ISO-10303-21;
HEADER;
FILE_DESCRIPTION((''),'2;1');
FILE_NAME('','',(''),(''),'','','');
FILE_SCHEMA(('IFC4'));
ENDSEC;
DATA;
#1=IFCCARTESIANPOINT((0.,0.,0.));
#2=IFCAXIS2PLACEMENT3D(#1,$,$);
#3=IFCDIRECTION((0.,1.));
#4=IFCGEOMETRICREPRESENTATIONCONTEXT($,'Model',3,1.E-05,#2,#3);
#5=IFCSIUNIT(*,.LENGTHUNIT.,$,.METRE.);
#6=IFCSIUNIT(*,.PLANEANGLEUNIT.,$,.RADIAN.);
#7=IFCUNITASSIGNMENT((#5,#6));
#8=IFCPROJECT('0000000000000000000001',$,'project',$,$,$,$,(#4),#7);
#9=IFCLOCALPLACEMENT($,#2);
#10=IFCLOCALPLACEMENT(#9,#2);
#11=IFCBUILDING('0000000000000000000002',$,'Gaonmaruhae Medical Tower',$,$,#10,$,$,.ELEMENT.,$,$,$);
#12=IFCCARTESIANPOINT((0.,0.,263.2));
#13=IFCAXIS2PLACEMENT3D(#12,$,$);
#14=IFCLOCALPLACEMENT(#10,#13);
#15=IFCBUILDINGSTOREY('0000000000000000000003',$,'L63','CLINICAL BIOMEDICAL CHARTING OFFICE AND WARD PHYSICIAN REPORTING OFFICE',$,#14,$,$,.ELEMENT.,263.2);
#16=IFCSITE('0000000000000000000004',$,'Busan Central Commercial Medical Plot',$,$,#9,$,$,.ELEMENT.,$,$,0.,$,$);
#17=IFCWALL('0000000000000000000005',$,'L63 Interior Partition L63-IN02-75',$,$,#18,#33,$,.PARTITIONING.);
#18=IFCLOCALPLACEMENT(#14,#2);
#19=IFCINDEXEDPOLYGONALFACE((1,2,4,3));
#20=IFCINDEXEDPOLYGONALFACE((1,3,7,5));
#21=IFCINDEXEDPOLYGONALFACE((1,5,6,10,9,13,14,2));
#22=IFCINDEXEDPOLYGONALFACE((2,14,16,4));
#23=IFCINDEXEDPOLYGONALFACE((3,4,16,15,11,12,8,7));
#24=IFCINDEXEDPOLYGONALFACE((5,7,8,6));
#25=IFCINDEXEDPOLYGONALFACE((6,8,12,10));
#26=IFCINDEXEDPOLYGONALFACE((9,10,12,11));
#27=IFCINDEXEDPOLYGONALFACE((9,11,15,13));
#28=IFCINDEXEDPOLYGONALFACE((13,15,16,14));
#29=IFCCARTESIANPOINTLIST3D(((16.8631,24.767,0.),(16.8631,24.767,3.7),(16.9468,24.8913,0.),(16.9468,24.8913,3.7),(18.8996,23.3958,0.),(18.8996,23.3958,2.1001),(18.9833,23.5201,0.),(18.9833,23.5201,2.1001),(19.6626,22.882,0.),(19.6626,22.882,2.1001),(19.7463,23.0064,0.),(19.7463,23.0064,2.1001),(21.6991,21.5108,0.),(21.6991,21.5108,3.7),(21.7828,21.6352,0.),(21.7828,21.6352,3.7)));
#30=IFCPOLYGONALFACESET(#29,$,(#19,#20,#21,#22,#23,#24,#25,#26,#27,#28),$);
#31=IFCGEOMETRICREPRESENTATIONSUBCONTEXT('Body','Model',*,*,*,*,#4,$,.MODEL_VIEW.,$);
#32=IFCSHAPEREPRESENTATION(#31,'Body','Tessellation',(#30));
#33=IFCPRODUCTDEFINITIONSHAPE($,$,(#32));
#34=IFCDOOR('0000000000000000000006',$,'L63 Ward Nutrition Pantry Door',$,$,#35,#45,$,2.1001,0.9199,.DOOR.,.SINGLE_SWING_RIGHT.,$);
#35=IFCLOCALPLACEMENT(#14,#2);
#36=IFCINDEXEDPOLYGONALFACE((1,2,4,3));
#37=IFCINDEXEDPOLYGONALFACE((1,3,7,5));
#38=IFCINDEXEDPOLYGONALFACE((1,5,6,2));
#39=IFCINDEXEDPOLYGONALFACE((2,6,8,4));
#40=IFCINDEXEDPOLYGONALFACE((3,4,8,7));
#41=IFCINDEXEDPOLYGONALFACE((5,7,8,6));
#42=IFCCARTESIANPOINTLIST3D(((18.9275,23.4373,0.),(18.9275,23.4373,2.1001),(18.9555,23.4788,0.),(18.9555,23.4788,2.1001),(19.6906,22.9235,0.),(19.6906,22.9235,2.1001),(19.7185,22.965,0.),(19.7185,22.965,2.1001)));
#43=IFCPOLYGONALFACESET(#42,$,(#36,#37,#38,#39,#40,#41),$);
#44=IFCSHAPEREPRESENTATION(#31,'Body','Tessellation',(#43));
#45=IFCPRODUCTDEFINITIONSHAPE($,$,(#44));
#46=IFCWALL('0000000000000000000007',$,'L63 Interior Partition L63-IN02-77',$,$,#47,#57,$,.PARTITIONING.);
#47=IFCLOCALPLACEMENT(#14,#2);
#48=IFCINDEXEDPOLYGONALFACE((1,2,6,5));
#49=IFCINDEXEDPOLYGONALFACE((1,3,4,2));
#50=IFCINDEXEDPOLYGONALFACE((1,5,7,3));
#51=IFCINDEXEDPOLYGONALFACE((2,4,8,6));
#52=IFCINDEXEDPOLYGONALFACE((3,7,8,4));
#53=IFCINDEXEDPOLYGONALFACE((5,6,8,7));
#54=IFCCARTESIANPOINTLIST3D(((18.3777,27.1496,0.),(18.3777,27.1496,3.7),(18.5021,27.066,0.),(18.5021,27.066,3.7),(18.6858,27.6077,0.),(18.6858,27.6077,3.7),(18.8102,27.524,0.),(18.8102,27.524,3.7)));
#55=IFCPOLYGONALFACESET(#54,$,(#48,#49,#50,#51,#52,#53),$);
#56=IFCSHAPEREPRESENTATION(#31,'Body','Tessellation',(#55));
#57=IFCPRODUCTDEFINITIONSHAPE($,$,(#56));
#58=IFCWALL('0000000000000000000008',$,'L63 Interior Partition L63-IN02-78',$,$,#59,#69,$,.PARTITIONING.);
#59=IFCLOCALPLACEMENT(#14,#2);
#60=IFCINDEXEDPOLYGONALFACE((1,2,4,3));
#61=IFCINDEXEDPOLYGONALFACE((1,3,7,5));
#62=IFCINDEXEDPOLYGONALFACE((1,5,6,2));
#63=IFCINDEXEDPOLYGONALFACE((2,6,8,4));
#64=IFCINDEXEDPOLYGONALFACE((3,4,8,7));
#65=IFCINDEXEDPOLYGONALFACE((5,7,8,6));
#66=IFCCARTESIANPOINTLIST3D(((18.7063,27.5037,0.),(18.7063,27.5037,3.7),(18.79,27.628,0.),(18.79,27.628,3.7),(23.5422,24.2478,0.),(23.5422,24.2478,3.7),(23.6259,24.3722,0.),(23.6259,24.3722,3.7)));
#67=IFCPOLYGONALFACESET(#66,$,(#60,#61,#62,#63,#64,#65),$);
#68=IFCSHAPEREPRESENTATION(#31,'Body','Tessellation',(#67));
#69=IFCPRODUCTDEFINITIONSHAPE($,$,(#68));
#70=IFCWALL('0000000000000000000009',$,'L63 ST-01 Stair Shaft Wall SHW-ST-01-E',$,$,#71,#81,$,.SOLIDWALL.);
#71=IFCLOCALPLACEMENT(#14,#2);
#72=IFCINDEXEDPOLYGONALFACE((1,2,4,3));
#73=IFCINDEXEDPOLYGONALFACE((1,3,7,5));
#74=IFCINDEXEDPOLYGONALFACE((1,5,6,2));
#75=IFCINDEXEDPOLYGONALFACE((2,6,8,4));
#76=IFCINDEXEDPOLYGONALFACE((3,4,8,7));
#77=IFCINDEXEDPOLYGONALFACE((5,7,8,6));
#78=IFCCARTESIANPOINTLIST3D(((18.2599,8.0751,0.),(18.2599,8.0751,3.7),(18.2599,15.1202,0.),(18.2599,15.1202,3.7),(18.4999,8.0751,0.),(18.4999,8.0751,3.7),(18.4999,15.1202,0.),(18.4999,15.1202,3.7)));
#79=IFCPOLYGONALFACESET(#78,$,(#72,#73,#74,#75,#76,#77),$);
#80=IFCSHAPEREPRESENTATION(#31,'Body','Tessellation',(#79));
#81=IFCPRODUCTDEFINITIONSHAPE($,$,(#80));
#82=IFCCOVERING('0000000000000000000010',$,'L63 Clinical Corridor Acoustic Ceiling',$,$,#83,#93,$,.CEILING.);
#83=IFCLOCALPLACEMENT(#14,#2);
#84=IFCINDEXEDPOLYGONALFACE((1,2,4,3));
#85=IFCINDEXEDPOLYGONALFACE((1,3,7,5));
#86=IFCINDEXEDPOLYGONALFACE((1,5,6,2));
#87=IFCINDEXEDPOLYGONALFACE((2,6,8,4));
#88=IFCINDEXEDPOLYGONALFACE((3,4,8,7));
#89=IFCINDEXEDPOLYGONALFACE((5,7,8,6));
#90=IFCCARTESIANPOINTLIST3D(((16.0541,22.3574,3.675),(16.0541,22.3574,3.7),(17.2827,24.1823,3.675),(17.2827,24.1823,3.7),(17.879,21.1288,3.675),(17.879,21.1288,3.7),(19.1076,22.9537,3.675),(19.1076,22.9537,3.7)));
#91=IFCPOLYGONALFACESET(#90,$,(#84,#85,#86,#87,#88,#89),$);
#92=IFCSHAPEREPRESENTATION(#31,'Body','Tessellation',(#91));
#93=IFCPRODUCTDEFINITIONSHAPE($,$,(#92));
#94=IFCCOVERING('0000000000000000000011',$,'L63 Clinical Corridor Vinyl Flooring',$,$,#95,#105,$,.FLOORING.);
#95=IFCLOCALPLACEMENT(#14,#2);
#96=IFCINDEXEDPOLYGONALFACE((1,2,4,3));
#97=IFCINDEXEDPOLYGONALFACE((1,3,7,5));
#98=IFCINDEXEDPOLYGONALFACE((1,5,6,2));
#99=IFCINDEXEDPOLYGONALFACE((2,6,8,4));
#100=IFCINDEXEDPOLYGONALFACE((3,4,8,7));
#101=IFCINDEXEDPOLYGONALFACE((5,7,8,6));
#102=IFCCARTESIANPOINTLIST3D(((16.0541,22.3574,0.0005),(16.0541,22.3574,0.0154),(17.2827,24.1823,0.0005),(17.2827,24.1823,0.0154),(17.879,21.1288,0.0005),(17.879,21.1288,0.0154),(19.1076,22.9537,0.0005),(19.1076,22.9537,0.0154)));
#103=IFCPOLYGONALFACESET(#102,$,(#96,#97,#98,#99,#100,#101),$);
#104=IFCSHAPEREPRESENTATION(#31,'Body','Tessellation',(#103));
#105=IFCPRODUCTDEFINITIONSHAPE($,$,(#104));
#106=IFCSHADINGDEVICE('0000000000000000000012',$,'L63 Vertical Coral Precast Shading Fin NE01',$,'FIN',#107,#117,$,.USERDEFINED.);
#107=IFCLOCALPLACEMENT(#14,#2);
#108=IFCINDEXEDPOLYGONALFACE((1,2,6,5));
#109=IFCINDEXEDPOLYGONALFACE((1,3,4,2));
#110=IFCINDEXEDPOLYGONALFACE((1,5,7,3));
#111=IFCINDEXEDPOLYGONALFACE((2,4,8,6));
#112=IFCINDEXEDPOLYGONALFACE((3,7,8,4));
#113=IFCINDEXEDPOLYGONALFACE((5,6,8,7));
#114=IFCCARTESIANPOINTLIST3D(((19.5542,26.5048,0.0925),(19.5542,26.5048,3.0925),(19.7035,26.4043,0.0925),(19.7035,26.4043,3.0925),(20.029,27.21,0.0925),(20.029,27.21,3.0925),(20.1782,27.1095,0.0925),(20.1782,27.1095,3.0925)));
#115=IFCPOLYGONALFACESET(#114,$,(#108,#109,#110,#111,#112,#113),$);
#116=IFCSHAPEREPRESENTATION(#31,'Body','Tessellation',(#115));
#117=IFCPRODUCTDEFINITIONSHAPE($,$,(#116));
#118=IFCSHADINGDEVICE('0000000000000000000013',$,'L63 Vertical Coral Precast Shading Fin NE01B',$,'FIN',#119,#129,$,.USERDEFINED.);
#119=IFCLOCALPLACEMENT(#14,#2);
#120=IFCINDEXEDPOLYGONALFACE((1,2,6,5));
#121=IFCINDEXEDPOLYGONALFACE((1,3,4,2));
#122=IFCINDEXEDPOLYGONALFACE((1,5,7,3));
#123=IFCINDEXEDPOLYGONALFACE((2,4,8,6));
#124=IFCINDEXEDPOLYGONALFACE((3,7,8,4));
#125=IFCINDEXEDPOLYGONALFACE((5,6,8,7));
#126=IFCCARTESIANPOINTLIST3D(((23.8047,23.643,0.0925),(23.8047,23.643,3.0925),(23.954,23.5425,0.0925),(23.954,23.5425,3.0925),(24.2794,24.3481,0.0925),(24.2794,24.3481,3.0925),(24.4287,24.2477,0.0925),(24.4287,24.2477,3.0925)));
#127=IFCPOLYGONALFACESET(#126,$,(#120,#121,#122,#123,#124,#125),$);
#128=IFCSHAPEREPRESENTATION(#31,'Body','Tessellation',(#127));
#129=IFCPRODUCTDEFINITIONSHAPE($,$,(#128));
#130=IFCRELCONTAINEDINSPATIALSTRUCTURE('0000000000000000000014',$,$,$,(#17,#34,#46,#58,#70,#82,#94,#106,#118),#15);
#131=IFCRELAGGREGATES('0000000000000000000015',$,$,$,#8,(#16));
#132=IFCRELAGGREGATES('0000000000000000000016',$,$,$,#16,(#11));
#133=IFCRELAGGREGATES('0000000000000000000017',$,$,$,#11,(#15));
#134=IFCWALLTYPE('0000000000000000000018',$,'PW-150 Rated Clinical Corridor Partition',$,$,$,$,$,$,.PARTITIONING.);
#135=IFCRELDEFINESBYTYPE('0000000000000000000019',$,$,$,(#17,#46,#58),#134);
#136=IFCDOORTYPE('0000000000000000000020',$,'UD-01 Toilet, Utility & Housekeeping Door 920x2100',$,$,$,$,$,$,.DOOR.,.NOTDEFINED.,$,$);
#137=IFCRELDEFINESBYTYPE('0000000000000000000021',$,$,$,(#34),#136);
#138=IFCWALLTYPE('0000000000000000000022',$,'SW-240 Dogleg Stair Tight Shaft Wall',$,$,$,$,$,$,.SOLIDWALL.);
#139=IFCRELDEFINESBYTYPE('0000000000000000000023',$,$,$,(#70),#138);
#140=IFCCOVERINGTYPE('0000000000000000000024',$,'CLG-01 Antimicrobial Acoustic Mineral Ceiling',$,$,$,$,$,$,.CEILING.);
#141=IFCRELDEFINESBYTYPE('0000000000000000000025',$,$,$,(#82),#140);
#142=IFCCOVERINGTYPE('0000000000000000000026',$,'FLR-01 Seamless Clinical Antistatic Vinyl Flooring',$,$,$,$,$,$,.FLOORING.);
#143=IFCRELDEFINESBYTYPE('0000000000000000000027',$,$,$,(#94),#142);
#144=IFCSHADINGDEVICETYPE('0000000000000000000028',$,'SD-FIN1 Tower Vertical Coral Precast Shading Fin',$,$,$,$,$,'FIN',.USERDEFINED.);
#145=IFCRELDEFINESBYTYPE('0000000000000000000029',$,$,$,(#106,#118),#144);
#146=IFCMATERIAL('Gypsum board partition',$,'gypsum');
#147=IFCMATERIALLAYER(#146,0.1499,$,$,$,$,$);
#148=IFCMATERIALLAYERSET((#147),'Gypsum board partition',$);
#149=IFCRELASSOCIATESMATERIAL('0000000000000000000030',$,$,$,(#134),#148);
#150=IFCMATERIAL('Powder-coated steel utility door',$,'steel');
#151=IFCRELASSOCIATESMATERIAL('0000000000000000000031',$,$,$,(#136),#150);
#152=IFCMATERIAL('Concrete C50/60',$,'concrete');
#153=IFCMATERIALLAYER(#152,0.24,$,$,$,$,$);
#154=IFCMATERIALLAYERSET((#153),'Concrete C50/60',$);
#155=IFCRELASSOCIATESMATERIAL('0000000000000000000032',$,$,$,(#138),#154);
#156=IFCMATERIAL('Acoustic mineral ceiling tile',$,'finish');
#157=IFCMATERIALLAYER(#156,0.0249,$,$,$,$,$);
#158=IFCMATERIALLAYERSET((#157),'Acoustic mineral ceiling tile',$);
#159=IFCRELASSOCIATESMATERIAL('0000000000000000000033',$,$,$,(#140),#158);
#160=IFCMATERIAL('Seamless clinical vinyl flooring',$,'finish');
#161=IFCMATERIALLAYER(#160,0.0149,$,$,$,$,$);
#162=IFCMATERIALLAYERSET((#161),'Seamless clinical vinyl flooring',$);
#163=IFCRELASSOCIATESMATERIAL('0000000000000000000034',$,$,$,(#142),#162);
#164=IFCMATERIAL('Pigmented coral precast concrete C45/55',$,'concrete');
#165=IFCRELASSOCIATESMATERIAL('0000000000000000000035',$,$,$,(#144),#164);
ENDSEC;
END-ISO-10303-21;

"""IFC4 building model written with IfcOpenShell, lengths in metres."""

from ifc_helpers import new_model, si_unit, direction, frame, frame_2d, origin, origin_2d, place, context, subcontext, project, spatial, rectangle, extrude, material, layer, layer_set, type_object, element, fill, save


model = new_model("IFC4")

# Units and contexts
model_context = context("Model", 3, precision=1e-05, world=origin(), true_north=direction((0.0, 1.0)))
body_context = subcontext(model_context, "Body", "Model", "MODEL_VIEW")
ifc_project = project(units=[si_unit("LENGTHUNIT", "METRE"), si_unit("PLANEANGLEUNIT", "RADIAN")], contexts=[model_context])

# Site, building, storey
site_placement = place(None, origin())
site = spatial("IfcSite", under=ifc_project, at=site_placement, Name="Busan Central Commercial Medical Plot", CompositionType="ELEMENT", RefElevation=0.0)
building_placement = place(site_placement, origin())
building = spatial("IfcBuilding", under=site, at=building_placement, Name="Gaonmaruhae Medical Tower", CompositionType="ELEMENT")
storey_placement = place(building_placement, frame((0.0, 0.0, 263.2)))
storey = spatial("IfcBuildingStorey", under=building, at=storey_placement, Name="L63", Description="CLINICAL BIOMEDICAL CHARTING OFFICE AND WARD PHYSICIAN REPORTING OFFICE", CompositionType="ELEMENT", Elevation=263.2)

# Shared definitions
ifc_material_1 = material(Name="Concrete C50/60", Category="concrete")

# Shared definitions
ifc_material_2 = material(Name="Gypsum board partition", Category="gypsum")
ifc_layer_1 = layer(ifc_material_2, 0.1499)
ifc_layer_set_1 = layer_set([ifc_layer_1], Name="Gypsum board partition")
wall_type_1 = type_object("IfcWallType", Name="PW-150 Rated Clinical Corridor Partition", PredefinedType="PARTITIONING", material=ifc_layer_set_1)

# Wall, opening, door
wall_1_placement = place(storey_placement, frame((21.741, 21.573, 0.0), z_axis=(0.0, 0.0, 1.0), x_axis=(-0.829497, 0.558512, 0.0)))
wall_1 = element("IfcWall", 1, at=wall_1_placement, inside=storey, type_object=wall_type_1, Name="L63 Interior Partition L63-IN02-75", PredefinedType="PARTITIONING", context=body_context, shape_type="SweptSolid", body=[
    extrude(rectangle(XDim=5.8301, YDim=0.1499, at=frame_2d((2.915, 0.0))), origin(), (0.0, 0.0, 1.0), 3.7),
])
opening_1_placement = place(wall_1_placement, frame((2.4551, 0.0, 0.0)))
opening_1 = element("IfcOpeningElement", 2, at=opening_1_placement, cuts=wall_1, PredefinedType="OPENING", context=body_context, shape_type="SweptSolid", body=[
    extrude(rectangle(XDim=0.9199, YDim=2.1001, at=frame_2d((0.46, 1.05))), frame((0.0, 0.085, 0.0), z_axis=(0.0, -1.0, 0.0), x_axis=(1.0, 0.0, 0.0)), (0.0, 0.0, 1.0), 0.1699),
])
ifc_material_3 = material(Name="Powder-coated steel utility door", Category="steel")
door_type_1 = type_object("IfcDoorType", Name="UD-01 Toilet, Utility & Housekeeping Door 920x2100", OperationType="NOTDEFINED", PredefinedType="DOOR", material=ifc_material_3)
door_1_placement = place(opening_1_placement, origin())
door_1 = element("IfcDoor", 3, at=door_1_placement, inside=storey, type_object=door_type_1, Name="L63 Ward Nutrition Pantry Door", OperationType="SINGLE_SWING_RIGHT", OverallHeight=2.1001, OverallWidth=0.9199, PredefinedType="DOOR", context=body_context, shape_type="SweptSolid", body=[
    extrude(rectangle(XDim=0.9199, YDim=2.1001, at=frame_2d((0.46, 1.05))), frame((0.0, 0.0249, 0.0), z_axis=(0.0, -1.0, 0.0), x_axis=(1.0, 0.0, 0.0)), (0.0, 0.0, 1.0), 0.05),
])
fill(opening_1, door_1)

# Walls
wall_2_placement = place(storey_placement, frame((18.4399, 27.1079, 0.0), z_axis=(0.0, 0.0, 1.0), x_axis=(0.558166, 0.82973, 0.0)))
element("IfcWall", 4, at=wall_2_placement, inside=storey, type_object=wall_type_1, Name="L63 Interior Partition L63-IN02-77", PredefinedType="PARTITIONING", context=body_context, shape_type="SweptSolid", body=[
    extrude(rectangle(XDim=0.552, YDim=0.1499, at=frame_2d((0.2759, 0.0))), origin(), (0.0, 0.0, 1.0), 3.7),
])
wall_3_placement = place(storey_placement, frame((18.748, 27.5659, 0.0), z_axis=(0.0, 0.0, 1.0), x_axis=(0.829516, -0.558483, 0.0)))
element("IfcWall", 5, at=wall_3_placement, inside=storey, type_object=wall_type_1, Name="L63 Interior Partition L63-IN02-78", PredefinedType="PARTITIONING", context=body_context, shape_type="SweptSolid", body=[
    extrude(rectangle(XDim=5.8298, YDim=0.1499, at=frame_2d((2.915, 0.0))), origin(), (0.0, 0.0, 1.0), 3.7),
])
ifc_layer_2 = layer(ifc_material_1, 0.24)
ifc_layer_set_2 = layer_set([ifc_layer_2], Name="Concrete C50/60")
wall_type_2 = type_object("IfcWallType", Name="SW-240 Dogleg Stair Tight Shaft Wall", PredefinedType="SOLIDWALL", material=ifc_layer_set_2)
wall_4_placement = place(storey_placement, frame((18.3799, 15.1201, 0.0), z_axis=(0.0, 0.0, 1.0), x_axis=(0.0, -1.0, 0.0)))
element("IfcWall", 6, at=wall_4_placement, inside=storey, type_object=wall_type_2, Name="L63 ST-01 Stair Shaft Wall SHW-ST-01-E", PredefinedType="SOLIDWALL", context=body_context, shape_type="SweptSolid", body=[
    extrude(rectangle(XDim=7.0452, YDim=0.24, at=frame_2d((3.5225, 0.0))), origin(), (0.0, 0.0, 1.0), 3.7),
])

# Coverings
ifc_material_4 = material(Name="Acoustic mineral ceiling tile", Category="finish")
ifc_layer_3 = layer(ifc_material_4, 0.0249)
ifc_layer_set_3 = layer_set([ifc_layer_3], Name="Acoustic mineral ceiling tile")
covering_type_1 = type_object("IfcCoveringType", Name="CLG-01 Antimicrobial Acoustic Mineral Ceiling", PredefinedType="CEILING", material=ifc_layer_set_3)
covering_1_placement = place(storey_placement, frame((17.5808, 22.6555, 3.675), z_axis=(0.0, 0.0, 1.0), x_axis=(0.558469, 0.829525, 0.0)))
element("IfcCovering", 7, at=covering_1_placement, inside=storey, type_object=covering_type_1, Name="L63 Clinical Corridor Acoustic Ceiling", PredefinedType="CEILING", context=body_context, shape_type="SweptSolid", body=[
    extrude(rectangle(XDim=2.2, YDim=2.2, at=origin_2d()), origin(), (0.0, 0.0, 1.0), 0.0249),
])
ifc_material_5 = material(Name="Seamless clinical vinyl flooring", Category="finish")
ifc_layer_4 = layer(ifc_material_5, 0.0149)
ifc_layer_set_4 = layer_set([ifc_layer_4], Name="Seamless clinical vinyl flooring")
covering_type_2 = type_object("IfcCoveringType", Name="FLR-01 Seamless Clinical Antistatic Vinyl Flooring", PredefinedType="FLOORING", material=ifc_layer_set_4)
covering_2_placement = place(storey_placement, frame((17.5808, 22.6555, 0.0005), z_axis=(0.0, 0.0, 1.0), x_axis=(0.558469, 0.829525, 0.0)))
element("IfcCovering", 8, at=covering_2_placement, inside=storey, type_object=covering_type_2, Name="L63 Clinical Corridor Vinyl Flooring", PredefinedType="FLOORING", context=body_context, shape_type="SweptSolid", body=[
    extrude(rectangle(XDim=2.2, YDim=2.2, at=origin_2d()), origin(), (0.0, 0.0, 1.0), 0.0149),
])

# Shading devices
ifc_material_6 = material(Name="Pigmented coral precast concrete C45/55", Category="concrete")
shading_device_type = type_object("IfcShadingDeviceType", Name="SD-FIN1 Tower Vertical Coral Precast Shading Fin", ElementType="FIN", PredefinedType="USERDEFINED", material=ifc_material_6)
for number, where, z_axis, x_axis, name in (
    (9, (19.8662, 26.8071, 0.0925), (0.0, 0.0, 1.0), (0.829525, -0.558469, 0.0), "L63 Vertical Coral Precast Shading Fin NE01"),
    (10, (24.1167, 23.9453, 0.0925), (0.0, 0.0, 1.0), (0.829525, -0.558469, 0.0), "L63 Vertical Coral Precast Shading Fin NE01B"),
):
    element("IfcShadingDevice", number, at=place(storey_placement, frame(where, z_axis=z_axis, x_axis=x_axis)), inside=storey, type_object=shading_device_type, Name=name, ObjectType="FIN", PredefinedType="USERDEFINED", context=body_context, shape_type="SweptSolid", body=[
        extrude(rectangle(XDim=0.1799, YDim=0.8501, at=origin_2d()), origin(), (0.0, 0.0, 1.0), 3.0),
    ])

save(model, "model.ifc")
